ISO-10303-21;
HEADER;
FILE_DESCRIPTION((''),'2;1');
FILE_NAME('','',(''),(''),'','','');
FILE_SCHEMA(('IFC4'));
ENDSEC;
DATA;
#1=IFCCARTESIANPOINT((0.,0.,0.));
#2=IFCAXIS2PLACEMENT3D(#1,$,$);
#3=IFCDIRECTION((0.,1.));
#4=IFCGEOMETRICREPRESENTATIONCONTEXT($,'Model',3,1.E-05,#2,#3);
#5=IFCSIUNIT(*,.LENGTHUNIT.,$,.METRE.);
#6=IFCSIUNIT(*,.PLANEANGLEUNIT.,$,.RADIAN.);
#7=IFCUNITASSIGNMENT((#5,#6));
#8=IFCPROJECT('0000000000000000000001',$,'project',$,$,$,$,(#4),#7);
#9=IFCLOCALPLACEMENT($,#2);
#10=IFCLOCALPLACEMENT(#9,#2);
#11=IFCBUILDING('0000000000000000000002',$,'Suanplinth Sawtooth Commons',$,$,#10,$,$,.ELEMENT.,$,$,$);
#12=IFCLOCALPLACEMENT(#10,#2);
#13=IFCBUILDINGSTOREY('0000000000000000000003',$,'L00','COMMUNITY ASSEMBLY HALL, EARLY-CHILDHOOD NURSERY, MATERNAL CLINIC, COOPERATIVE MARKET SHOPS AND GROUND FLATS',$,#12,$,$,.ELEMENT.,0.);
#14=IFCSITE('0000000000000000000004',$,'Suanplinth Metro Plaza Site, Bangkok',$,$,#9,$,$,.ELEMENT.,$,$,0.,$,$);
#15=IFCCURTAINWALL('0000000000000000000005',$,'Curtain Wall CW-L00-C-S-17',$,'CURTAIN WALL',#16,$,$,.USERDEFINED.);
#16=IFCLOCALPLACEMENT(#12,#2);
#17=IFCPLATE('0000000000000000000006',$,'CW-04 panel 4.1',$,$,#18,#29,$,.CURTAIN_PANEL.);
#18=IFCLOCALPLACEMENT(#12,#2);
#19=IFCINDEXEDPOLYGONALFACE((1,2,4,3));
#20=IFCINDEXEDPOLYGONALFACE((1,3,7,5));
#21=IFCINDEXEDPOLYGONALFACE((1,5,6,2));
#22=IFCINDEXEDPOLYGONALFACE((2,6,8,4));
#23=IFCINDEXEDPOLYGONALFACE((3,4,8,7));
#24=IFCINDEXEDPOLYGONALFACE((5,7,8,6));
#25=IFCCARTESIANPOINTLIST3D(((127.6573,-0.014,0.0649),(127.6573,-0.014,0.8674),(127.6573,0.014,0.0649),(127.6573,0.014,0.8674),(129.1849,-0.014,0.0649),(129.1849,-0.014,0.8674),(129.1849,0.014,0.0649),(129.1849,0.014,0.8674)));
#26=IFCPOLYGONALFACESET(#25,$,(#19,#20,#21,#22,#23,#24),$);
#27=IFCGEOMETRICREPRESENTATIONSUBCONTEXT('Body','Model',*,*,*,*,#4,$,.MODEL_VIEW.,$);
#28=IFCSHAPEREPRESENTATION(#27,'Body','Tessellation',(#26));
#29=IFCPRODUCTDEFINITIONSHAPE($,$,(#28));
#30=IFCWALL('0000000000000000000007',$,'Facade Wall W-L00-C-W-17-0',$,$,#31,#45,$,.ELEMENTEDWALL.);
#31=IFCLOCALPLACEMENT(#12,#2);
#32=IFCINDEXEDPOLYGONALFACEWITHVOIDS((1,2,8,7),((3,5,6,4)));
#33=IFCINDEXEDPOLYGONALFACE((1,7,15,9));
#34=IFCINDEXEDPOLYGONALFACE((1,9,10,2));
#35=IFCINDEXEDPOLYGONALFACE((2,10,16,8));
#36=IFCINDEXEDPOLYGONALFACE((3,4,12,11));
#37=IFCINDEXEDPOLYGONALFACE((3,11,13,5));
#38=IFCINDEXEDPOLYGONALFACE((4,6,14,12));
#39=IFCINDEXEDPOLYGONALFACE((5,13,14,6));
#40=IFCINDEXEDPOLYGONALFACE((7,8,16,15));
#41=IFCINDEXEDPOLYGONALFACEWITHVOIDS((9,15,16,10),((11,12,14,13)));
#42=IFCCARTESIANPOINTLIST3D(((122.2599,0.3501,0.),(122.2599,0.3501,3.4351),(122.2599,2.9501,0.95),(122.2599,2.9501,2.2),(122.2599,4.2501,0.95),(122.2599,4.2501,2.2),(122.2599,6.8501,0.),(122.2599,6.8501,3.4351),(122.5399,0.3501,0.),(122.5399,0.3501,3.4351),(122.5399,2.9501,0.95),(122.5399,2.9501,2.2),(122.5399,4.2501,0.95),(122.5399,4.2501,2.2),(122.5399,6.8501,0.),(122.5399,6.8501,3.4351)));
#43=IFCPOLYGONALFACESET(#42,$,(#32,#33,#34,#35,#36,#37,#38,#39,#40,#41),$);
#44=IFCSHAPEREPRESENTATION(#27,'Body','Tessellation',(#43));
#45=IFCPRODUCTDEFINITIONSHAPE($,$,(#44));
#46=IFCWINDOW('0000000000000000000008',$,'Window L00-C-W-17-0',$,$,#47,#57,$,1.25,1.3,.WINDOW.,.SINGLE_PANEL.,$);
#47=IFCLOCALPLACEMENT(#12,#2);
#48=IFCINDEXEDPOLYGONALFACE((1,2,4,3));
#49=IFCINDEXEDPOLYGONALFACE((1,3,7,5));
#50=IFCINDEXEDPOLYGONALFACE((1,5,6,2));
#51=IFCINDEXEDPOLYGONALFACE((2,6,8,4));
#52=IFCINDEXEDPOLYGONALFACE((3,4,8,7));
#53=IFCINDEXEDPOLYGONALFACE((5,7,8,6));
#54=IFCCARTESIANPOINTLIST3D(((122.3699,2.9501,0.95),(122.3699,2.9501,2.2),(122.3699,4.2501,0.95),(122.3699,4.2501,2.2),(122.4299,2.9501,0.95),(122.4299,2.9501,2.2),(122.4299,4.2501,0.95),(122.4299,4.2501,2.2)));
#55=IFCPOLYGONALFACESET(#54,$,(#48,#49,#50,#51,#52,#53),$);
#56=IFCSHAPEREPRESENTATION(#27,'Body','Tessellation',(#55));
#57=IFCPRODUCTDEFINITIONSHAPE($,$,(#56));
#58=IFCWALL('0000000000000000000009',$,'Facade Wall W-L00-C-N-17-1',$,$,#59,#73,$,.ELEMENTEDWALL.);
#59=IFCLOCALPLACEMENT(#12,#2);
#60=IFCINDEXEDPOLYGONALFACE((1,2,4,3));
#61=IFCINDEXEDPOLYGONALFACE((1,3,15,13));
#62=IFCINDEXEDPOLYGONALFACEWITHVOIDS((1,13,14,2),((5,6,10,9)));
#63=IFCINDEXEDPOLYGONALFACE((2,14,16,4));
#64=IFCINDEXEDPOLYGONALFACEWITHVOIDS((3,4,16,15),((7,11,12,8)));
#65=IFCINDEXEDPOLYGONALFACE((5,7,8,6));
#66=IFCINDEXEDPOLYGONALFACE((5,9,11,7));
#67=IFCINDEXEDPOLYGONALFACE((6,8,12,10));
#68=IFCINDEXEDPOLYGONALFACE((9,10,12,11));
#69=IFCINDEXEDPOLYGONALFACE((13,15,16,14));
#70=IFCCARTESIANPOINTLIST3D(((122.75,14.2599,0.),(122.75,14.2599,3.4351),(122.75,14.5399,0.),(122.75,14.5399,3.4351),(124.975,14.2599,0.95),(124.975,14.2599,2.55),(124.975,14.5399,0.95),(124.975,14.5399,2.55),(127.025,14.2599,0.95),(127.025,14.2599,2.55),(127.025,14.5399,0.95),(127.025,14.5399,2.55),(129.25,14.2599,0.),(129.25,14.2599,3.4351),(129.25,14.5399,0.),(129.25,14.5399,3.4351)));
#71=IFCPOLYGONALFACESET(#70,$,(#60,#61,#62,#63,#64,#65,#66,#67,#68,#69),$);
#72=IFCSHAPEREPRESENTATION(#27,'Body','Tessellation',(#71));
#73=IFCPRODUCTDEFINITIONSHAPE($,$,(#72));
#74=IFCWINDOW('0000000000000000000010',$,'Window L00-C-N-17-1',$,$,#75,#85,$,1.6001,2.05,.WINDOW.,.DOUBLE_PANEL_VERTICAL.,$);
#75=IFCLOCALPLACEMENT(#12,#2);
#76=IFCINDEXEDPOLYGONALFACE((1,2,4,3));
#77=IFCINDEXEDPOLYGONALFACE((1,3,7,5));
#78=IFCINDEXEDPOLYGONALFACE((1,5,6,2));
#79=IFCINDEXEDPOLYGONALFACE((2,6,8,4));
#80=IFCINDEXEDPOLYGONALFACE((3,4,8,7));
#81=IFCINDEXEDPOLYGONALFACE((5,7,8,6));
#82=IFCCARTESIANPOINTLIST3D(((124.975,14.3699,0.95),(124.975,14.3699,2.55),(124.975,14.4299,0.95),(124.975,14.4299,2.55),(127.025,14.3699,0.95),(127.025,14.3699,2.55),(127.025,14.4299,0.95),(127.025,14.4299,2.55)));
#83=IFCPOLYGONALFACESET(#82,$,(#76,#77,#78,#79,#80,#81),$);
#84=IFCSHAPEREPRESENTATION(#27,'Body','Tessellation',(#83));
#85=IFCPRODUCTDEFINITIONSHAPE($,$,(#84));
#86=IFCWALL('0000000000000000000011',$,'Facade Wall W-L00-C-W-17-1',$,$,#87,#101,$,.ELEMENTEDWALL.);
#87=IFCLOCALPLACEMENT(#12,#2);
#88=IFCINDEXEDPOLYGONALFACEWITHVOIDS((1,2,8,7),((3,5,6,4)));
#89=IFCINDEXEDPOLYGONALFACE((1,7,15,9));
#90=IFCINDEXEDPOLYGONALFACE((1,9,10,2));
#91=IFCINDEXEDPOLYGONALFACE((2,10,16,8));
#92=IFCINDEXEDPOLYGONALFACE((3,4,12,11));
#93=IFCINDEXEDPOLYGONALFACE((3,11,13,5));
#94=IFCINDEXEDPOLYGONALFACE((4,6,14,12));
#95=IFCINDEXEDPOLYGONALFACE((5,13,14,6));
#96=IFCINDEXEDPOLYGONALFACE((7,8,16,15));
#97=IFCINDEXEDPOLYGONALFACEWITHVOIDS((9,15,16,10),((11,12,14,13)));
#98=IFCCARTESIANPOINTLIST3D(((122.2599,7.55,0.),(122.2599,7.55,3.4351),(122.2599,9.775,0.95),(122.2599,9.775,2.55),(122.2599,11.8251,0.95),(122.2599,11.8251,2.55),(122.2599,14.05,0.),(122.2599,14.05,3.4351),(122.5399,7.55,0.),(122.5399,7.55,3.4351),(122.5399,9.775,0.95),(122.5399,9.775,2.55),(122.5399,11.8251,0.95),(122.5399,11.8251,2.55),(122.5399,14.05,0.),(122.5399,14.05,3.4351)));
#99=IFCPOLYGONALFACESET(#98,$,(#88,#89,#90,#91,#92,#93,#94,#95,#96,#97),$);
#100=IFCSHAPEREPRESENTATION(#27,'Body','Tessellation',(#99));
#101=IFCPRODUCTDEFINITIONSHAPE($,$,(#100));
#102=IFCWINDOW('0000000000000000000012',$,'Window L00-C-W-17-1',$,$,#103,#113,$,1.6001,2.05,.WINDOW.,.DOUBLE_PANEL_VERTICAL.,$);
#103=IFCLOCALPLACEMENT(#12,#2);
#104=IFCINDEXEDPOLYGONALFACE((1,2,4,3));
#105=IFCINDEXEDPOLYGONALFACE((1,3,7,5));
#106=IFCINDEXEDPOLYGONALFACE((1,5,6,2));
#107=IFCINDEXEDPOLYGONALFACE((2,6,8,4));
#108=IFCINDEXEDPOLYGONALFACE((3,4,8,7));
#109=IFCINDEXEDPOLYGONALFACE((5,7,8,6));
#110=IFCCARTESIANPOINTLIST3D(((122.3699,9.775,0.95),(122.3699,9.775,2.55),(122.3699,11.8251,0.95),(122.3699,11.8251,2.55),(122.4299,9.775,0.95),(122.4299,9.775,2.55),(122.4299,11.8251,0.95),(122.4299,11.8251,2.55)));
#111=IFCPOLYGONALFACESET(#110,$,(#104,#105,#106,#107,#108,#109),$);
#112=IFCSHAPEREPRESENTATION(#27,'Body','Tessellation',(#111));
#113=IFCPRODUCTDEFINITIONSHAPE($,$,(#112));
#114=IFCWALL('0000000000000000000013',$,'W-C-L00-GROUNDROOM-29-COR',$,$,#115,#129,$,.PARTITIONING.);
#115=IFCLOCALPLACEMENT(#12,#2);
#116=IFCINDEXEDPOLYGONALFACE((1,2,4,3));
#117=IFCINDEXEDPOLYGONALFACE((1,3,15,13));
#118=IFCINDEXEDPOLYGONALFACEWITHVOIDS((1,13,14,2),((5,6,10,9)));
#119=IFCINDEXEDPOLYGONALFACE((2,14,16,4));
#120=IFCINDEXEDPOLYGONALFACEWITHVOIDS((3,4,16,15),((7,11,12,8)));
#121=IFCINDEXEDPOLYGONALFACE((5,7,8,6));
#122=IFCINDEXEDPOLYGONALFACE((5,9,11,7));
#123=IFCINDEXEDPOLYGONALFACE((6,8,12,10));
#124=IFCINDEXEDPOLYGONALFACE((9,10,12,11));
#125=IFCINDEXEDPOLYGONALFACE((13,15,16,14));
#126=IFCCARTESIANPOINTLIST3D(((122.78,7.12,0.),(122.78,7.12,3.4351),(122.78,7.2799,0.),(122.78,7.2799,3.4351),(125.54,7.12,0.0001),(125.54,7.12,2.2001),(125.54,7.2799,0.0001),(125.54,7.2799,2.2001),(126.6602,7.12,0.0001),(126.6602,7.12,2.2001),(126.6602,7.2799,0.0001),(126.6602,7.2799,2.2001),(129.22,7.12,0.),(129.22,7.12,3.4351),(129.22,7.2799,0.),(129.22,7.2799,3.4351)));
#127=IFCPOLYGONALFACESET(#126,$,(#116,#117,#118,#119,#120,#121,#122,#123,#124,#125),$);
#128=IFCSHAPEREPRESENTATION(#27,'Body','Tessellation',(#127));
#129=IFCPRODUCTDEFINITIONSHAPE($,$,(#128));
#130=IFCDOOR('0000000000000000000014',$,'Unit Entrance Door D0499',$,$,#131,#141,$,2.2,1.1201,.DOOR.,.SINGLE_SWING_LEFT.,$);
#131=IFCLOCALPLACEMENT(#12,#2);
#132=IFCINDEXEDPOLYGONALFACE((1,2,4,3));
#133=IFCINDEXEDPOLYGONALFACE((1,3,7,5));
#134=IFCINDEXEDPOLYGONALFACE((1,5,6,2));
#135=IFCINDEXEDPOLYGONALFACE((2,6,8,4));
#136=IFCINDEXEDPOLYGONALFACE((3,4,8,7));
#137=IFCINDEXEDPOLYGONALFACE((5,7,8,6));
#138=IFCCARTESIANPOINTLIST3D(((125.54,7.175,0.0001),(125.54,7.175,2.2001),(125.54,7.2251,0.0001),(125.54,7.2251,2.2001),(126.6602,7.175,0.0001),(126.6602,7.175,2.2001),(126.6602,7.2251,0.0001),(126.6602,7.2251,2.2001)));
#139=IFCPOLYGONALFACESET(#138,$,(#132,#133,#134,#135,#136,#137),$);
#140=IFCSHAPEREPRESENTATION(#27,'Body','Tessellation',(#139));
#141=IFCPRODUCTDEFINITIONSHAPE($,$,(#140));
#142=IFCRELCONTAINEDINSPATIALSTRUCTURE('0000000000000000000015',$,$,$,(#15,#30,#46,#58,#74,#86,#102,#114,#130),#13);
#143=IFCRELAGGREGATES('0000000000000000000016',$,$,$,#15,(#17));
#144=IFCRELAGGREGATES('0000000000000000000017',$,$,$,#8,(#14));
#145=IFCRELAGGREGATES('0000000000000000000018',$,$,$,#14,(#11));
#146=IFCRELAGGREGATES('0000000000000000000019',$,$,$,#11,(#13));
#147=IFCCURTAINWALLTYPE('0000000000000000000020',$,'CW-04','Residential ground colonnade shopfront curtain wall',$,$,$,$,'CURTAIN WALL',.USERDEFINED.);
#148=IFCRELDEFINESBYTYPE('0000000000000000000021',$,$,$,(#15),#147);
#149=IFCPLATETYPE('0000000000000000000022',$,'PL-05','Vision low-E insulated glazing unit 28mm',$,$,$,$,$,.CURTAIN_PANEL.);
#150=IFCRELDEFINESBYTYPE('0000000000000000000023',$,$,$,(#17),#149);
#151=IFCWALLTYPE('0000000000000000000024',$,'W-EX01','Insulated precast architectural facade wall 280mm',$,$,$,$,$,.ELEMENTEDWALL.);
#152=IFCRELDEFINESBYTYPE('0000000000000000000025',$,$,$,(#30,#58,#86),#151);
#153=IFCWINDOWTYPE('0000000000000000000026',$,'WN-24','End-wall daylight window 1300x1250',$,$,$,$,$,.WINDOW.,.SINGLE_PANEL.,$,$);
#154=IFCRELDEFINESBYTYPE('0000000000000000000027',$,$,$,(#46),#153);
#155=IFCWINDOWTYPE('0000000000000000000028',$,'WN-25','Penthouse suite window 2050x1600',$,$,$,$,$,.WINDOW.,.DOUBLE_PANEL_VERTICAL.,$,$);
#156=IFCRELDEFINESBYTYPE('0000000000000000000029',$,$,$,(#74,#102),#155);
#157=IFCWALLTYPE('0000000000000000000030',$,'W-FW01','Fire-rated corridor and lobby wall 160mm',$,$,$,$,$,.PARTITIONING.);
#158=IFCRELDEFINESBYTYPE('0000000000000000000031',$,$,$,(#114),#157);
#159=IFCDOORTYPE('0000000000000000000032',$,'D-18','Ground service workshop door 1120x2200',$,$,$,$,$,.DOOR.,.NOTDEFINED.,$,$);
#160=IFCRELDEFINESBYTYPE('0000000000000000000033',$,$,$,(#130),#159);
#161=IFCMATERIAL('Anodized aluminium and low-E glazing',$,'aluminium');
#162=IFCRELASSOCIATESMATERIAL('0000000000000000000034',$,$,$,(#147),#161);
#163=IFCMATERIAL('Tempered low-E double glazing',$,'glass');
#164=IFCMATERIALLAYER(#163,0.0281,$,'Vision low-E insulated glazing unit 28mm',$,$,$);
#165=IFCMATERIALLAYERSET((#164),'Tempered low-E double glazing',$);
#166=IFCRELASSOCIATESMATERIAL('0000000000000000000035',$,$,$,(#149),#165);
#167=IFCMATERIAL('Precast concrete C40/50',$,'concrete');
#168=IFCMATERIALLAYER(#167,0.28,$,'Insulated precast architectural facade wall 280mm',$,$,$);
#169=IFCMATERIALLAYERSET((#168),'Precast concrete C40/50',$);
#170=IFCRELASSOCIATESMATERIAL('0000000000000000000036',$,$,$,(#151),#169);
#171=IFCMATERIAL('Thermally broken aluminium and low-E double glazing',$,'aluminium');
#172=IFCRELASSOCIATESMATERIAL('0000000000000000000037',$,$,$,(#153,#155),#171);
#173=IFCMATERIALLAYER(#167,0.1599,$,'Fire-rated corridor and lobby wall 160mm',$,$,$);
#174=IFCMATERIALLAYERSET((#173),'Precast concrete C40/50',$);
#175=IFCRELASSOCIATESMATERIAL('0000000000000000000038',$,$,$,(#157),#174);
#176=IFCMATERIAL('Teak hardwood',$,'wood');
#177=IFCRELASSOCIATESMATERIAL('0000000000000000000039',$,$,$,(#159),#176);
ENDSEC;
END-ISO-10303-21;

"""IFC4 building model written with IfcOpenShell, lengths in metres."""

from ifc_helpers import new_model, si_unit, direction, frame, frame_2d, origin, origin_2d, place, context, subcontext, project, spatial, rectangle, extrude, material, layer, layer_set, type_object, element, fill, aggregate, save


model = new_model("IFC4")

# Units and contexts
model_context = context("Model", 3, precision=1e-05, world=origin(), true_north=direction((0.0, 1.0)))
body_context = subcontext(model_context, "Body", "Model", "MODEL_VIEW")
ifc_project = project(units=[si_unit("LENGTHUNIT", "METRE"), si_unit("PLANEANGLEUNIT", "RADIAN")], contexts=[model_context])

# Site, building, storey
site_placement = place(None, origin())
site = spatial("IfcSite", under=ifc_project, at=site_placement, Name="Suanplinth Metro Plaza Site, Bangkok", CompositionType="ELEMENT", RefElevation=0.0)
building_placement = place(site_placement, origin())
building = spatial("IfcBuilding", under=site, at=building_placement, Name="Suanplinth Sawtooth Commons", CompositionType="ELEMENT")
storey_placement = place(building_placement, origin())
storey = spatial("IfcBuildingStorey", under=building, at=storey_placement, Name="L00", Description="COMMUNITY ASSEMBLY HALL, EARLY-CHILDHOOD NURSERY, MATERNAL CLINIC, COOPERATIVE MARKET SHOPS AND GROUND FLATS", CompositionType="ELEMENT", Elevation=0.0)

# Curtain wall, plate
ifc_material_1 = material(Name="Anodized aluminium and low-E glazing", Category="aluminium")
curtain_wall_type = type_object("IfcCurtainWallType", Name="CW-04", Description="Residential ground colonnade shopfront curtain wall", ElementType="CURTAIN WALL", PredefinedType="USERDEFINED", material=ifc_material_1)
curtain_wall_placement = place(storey_placement, origin())
curtain_wall = element("IfcCurtainWall", 1, at=curtain_wall_placement, inside=storey, type_object=curtain_wall_type, Name="Curtain Wall CW-L00-C-S-17", ObjectType="CURTAIN WALL", PredefinedType="USERDEFINED")
ifc_material_2 = material(Name="Tempered low-E double glazing", Category="glass")
ifc_layer_1 = layer(ifc_material_2, 0.0281, Name="Vision low-E insulated glazing unit 28mm")
ifc_layer_set_1 = layer_set([ifc_layer_1], Name="Tempered low-E double glazing")
plate_type = type_object("IfcPlateType", Name="PL-05", Description="Vision low-E insulated glazing unit 28mm", PredefinedType="CURTAIN_PANEL", material=ifc_layer_set_1)
plate_1_placement = place(storey_placement, frame((128.4211, 0.0, 0.0649), z_axis=(0.0, 0.0, 1.0), x_axis=(1.0, 0.0, 0.0)))
plate_1 = element("IfcPlate", 2, at=plate_1_placement, type_object=plate_type, Name="CW-04 panel 4.1", PredefinedType="CURTAIN_PANEL", context=body_context, shape_type="SweptSolid", body=[
    extrude(rectangle(XDim=1.5276, YDim=0.0281, at=origin_2d()), origin(), (0.0, 0.0, 1.0), 0.8025),
])
aggregate(curtain_wall, [plate_1])

# Walls, openings, windows
ifc_material_3 = material(Name="Precast concrete C40/50", Category="concrete")
ifc_layer_2 = layer(ifc_material_3, 0.28, Name="Insulated precast architectural facade wall 280mm")
ifc_layer_set_2 = layer_set([ifc_layer_2], Name="Precast concrete C40/50")
wall_type_1 = type_object("IfcWallType", Name="W-EX01", Description="Insulated precast architectural facade wall 280mm", PredefinedType="ELEMENTEDWALL", material=ifc_layer_set_2)
wall_1_placement = place(storey_placement, frame((122.3999, 0.3501, 0.0), z_axis=(0.0, 0.0, 1.0), x_axis=(0.0, 1.0, 0.0)))
wall_1 = element("IfcWall", 3, at=wall_1_placement, inside=storey, type_object=wall_type_1, Name="Facade Wall W-L00-C-W-17-0", PredefinedType="ELEMENTEDWALL", context=body_context, shape_type="SweptSolid", body=[
    extrude(rectangle(XDim=6.5, YDim=0.28, at=frame_2d((3.25, 0.0))), origin(), (0.0, 0.0, 1.0), 3.4351),
])
opening_1_placement = place(wall_1_placement, frame((2.6001, 0.0, 0.95)))
opening_1 = element("IfcOpeningElement", 4, at=opening_1_placement, cuts=wall_1, PredefinedType="OPENING", context=body_context, shape_type="SweptSolid", body=[
    extrude(rectangle(XDim=1.3, YDim=1.25, at=frame_2d((0.6499, 0.625))), frame((0.0, 0.1548, 0.0), z_axis=(0.0, -1.0, 0.0), x_axis=(1.0, 0.0, 0.0)), (0.0, 0.0, 1.0), 0.3098),
])
ifc_material_4 = material(Name="Thermally broken aluminium and low-E double glazing", Category="aluminium")
window_type_1 = type_object("IfcWindowType", Name="WN-24", Description="End-wall daylight window 1300x1250", PartitioningType="SINGLE_PANEL", PredefinedType="WINDOW", material=ifc_material_4)
window_1_placement = place(opening_1_placement, origin())
window_1 = element("IfcWindow", 5, at=window_1_placement, inside=storey, type_object=window_type_1, Name="Window L00-C-W-17-0", OverallHeight=1.25, OverallWidth=1.3, PartitioningType="SINGLE_PANEL", PredefinedType="WINDOW", context=body_context, shape_type="SweptSolid", body=[
    extrude(rectangle(XDim=1.3, YDim=1.25, at=frame_2d((0.6499, 0.625))), frame((0.0, 0.03, 0.0), z_axis=(0.0, -1.0, 0.0), x_axis=(1.0, 0.0, 0.0)), (0.0, 0.0, 1.0), 0.0601),
])
fill(opening_1, window_1)
wall_2_placement = place(storey_placement, frame((122.75, 14.3999, 0.0), z_axis=(0.0, 0.0, 1.0), x_axis=(1.0, 0.0, 0.0)))
wall_2 = element("IfcWall", 6, at=wall_2_placement, inside=storey, type_object=wall_type_1, Name="Facade Wall W-L00-C-N-17-1", PredefinedType="ELEMENTEDWALL", context=body_context, shape_type="SweptSolid", body=[
    extrude(rectangle(XDim=6.5, YDim=0.28, at=frame_2d((3.25, 0.0))), origin(), (0.0, 0.0, 1.0), 3.4351),
])
opening_2_placement = place(wall_2_placement, frame((2.2251, 0.0, 0.95)))
opening_2 = element("IfcOpeningElement", 7, at=opening_2_placement, cuts=wall_2, PredefinedType="OPENING", context=body_context, shape_type="SweptSolid", body=[
    extrude(rectangle(XDim=2.05, YDim=1.6001, at=frame_2d((1.0249, 0.8))), frame((0.0, 0.1548, 0.0), z_axis=(0.0, -1.0, 0.0), x_axis=(1.0, 0.0, 0.0)), (0.0, 0.0, 1.0), 0.3098),
])
window_type_2 = type_object("IfcWindowType", Name="WN-25", Description="Penthouse suite window 2050x1600", PartitioningType="DOUBLE_PANEL_VERTICAL", PredefinedType="WINDOW", material=ifc_material_4)
window_2_placement = place(opening_2_placement, origin())
window_2 = element("IfcWindow", 8, at=window_2_placement, inside=storey, type_object=window_type_2, Name="Window L00-C-N-17-1", OverallHeight=1.6001, OverallWidth=2.05, PartitioningType="DOUBLE_PANEL_VERTICAL", PredefinedType="WINDOW", context=body_context, shape_type="SweptSolid", body=[
    extrude(rectangle(XDim=2.05, YDim=1.6001, at=frame_2d((1.0249, 0.8))), frame((0.0, 0.03, 0.0), z_axis=(0.0, -1.0, 0.0), x_axis=(1.0, 0.0, 0.0)), (0.0, 0.0, 1.0), 0.0601),
])
fill(opening_2, window_2)
wall_3_placement = place(storey_placement, frame((122.3999, 7.55, 0.0), z_axis=(0.0, 0.0, 1.0), x_axis=(0.0, 1.0, 0.0)))
wall_3 = element("IfcWall", 9, at=wall_3_placement, inside=storey, type_object=wall_type_1, Name="Facade Wall W-L00-C-W-17-1", PredefinedType="ELEMENTEDWALL", context=body_context, shape_type="SweptSolid", body=[
    extrude(rectangle(XDim=6.5, YDim=0.28, at=frame_2d((3.25, 0.0))), origin(), (0.0, 0.0, 1.0), 3.4351),
])
opening_3_placement = place(wall_3_placement, frame((2.2251, 0.0, 0.95)))
opening_3 = element("IfcOpeningElement", 10, at=opening_3_placement, cuts=wall_3, PredefinedType="OPENING", context=body_context, shape_type="SweptSolid", body=[
    extrude(rectangle(XDim=2.05, YDim=1.6001, at=frame_2d((1.0249, 0.8))), frame((0.0, 0.1548, 0.0), z_axis=(0.0, -1.0, 0.0), x_axis=(1.0, 0.0, 0.0)), (0.0, 0.0, 1.0), 0.3098),
])
window_3_placement = place(opening_3_placement, origin())
window_3 = element("IfcWindow", 11, at=window_3_placement, inside=storey, type_object=window_type_2, Name="Window L00-C-W-17-1", OverallHeight=1.6001, OverallWidth=2.05, PartitioningType="DOUBLE_PANEL_VERTICAL", PredefinedType="WINDOW", context=body_context, shape_type="SweptSolid", body=[
    extrude(rectangle(XDim=2.05, YDim=1.6001, at=frame_2d((1.0249, 0.8))), frame((0.0, 0.03, 0.0), z_axis=(0.0, -1.0, 0.0), x_axis=(1.0, 0.0, 0.0)), (0.0, 0.0, 1.0), 0.0601),
])
fill(opening_3, window_3)

# Wall, opening, door
ifc_layer_3 = layer(ifc_material_3, 0.1599, Name="Fire-rated corridor and lobby wall 160mm")
ifc_layer_set_3 = layer_set([ifc_layer_3], Name="Precast concrete C40/50")
wall_type_2 = type_object("IfcWallType", Name="W-FW01", Description="Fire-rated corridor and lobby wall 160mm", PredefinedType="PARTITIONING", material=ifc_layer_set_3)
wall_4_placement = place(storey_placement, frame((122.78, 7.2, 0.0), z_axis=(0.0, 0.0, 1.0), x_axis=(1.0, 0.0, 0.0)))
wall_4 = element("IfcWall", 12, at=wall_4_placement, inside=storey, type_object=wall_type_2, Name="W-C-L00-GROUNDROOM-29-COR", PredefinedType="PARTITIONING", context=body_context, shape_type="SweptSolid", body=[
    extrude(rectangle(XDim=6.4399, YDim=0.1599, at=frame_2d((3.22, 0.0))), origin(), (0.0, 0.0, 1.0), 3.4351),
])
opening_4_placement = place(wall_4_placement, frame((2.76, 0.0, 0.0)))
opening_4 = element("IfcOpeningElement", 13, at=opening_4_placement, cuts=wall_4, PredefinedType="OPENING", context=body_context, shape_type="SweptSolid", body=[
    extrude(rectangle(XDim=1.1201, YDim=2.2, at=frame_2d((0.5601, 1.1001))), frame((0.0, 0.0947, 0.0), z_axis=(0.0, -1.0, 0.0), x_axis=(1.0, 0.0, 0.0)), (0.0, 0.0, 1.0), 0.1897),
])
ifc_material_5 = material(Name="Teak hardwood", Category="wood")
door_type = type_object("IfcDoorType", Name="D-18", Description="Ground service workshop door 1120x2200", OperationType="NOTDEFINED", PredefinedType="DOOR", material=ifc_material_5)
door_placement = place(opening_4_placement, frame((1.1201, 0.0, 0.0), z_axis=(0.0, 0.0, 1.0), x_axis=(-1.0, 0.0, 0.0)))
door = element("IfcDoor", 14, at=door_placement, inside=storey, type_object=door_type, Name="Unit Entrance Door D0499", OperationType="SINGLE_SWING_LEFT", OverallHeight=2.2, OverallWidth=1.1201, PredefinedType="DOOR", context=body_context, shape_type="SweptSolid", body=[
    extrude(rectangle(XDim=1.1201, YDim=2.2, at=frame_2d((0.5601, 1.1001))), frame((0.0, 0.0249, 0.0), z_axis=(0.0, -1.0, 0.0), x_axis=(1.0, 0.0, 0.0)), (0.0, 0.0, 1.0), 0.05),
])
fill(opening_4, door)

save(model, "model.ifc")
